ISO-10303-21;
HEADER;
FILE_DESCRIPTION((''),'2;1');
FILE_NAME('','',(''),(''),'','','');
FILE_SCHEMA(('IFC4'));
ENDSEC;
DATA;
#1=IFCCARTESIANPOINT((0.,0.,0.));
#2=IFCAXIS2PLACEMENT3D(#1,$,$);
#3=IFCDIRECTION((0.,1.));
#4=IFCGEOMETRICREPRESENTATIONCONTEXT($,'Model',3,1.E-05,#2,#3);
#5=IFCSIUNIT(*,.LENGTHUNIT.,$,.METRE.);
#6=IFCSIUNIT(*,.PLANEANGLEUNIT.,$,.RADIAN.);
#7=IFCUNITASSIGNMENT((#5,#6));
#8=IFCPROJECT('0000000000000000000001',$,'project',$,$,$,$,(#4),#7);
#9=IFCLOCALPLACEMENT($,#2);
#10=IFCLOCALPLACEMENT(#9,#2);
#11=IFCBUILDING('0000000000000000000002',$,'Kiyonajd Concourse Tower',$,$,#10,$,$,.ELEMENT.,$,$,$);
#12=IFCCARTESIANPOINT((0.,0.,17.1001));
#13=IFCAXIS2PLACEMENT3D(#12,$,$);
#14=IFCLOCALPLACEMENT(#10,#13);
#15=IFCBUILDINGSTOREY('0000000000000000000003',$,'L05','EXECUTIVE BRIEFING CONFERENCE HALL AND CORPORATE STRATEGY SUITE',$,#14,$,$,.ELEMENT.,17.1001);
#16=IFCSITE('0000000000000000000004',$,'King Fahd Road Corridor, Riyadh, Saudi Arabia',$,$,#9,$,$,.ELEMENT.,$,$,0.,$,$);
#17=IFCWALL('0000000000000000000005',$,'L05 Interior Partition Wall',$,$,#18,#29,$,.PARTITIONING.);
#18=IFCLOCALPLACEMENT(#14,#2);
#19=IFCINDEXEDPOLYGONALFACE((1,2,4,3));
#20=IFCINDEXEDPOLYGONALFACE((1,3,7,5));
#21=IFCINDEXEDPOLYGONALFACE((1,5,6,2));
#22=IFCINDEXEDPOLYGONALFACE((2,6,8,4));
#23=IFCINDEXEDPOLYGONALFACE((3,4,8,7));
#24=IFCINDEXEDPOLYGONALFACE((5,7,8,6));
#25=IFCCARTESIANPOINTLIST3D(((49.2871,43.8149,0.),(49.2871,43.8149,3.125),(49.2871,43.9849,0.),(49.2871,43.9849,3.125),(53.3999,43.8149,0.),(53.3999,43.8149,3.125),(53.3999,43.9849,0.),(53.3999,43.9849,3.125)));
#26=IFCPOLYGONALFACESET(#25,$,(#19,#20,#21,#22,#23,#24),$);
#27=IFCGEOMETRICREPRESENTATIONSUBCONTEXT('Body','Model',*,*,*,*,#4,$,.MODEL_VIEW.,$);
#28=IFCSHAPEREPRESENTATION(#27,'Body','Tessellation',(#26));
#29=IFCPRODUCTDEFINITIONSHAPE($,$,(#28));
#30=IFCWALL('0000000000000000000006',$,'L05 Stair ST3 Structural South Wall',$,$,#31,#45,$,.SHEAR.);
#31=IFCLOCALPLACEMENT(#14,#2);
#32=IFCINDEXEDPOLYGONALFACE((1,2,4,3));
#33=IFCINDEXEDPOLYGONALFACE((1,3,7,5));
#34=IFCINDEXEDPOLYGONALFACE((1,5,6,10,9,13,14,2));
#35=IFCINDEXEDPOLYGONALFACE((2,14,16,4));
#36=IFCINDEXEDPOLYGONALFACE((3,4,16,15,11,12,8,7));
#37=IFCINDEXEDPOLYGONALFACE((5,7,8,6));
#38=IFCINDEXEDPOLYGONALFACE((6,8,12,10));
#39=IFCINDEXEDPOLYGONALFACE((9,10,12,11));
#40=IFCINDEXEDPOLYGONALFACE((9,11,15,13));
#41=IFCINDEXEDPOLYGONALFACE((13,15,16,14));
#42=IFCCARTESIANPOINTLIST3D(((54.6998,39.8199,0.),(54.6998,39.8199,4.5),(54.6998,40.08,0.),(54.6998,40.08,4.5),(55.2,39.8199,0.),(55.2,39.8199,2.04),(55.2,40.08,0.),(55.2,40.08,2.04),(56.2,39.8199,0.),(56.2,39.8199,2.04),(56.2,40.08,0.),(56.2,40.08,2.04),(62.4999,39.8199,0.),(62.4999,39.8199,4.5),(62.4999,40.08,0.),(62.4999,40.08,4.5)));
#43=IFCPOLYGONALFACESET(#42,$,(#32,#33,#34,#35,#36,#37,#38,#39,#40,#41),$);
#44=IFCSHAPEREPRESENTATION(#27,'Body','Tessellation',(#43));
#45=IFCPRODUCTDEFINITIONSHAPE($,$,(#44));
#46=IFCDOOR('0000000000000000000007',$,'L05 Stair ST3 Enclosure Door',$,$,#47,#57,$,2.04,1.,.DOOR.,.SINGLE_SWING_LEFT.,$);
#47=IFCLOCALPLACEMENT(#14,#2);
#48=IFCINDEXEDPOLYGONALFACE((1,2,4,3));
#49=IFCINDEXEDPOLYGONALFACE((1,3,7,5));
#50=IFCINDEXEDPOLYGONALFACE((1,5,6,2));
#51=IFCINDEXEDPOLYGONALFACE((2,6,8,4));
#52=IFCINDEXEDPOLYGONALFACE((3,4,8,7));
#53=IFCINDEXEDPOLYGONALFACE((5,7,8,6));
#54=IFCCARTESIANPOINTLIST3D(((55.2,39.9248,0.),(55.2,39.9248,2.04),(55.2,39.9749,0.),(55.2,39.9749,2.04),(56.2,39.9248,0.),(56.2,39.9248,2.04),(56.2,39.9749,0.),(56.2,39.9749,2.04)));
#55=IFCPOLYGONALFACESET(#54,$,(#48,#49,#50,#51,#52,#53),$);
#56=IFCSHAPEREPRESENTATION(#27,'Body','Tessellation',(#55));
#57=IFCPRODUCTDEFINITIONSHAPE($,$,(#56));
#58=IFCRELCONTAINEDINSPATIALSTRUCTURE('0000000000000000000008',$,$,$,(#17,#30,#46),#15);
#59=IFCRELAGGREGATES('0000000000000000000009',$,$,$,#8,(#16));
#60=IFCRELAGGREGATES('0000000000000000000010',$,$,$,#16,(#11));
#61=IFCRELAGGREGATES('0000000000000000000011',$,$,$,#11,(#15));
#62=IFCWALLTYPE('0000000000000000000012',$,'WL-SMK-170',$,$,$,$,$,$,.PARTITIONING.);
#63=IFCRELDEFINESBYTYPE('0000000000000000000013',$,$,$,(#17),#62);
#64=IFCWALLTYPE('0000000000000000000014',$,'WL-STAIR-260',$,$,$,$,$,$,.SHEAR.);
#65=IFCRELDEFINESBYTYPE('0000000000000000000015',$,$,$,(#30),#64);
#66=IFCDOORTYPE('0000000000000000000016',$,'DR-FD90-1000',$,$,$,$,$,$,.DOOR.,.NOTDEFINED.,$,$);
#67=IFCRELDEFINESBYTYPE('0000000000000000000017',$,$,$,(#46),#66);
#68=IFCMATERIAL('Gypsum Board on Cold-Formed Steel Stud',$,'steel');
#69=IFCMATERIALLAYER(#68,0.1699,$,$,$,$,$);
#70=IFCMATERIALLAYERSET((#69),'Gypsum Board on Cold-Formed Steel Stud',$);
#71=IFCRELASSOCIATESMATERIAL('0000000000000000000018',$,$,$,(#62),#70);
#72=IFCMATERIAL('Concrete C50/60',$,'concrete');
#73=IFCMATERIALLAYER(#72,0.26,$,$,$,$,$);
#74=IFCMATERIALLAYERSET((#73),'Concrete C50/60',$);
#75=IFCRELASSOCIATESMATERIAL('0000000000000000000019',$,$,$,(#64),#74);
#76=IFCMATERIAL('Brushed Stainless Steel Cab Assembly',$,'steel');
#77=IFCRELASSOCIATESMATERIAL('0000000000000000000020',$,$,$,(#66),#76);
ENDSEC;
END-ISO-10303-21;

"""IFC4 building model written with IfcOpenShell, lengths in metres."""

from ifc_helpers import new_model, si_unit, direction, frame, frame_2d, origin, place, context, subcontext, project, spatial, rectangle, extrude, material, layer, layer_set, type_object, element, fill, save


model = new_model("IFC4")

# Units and contexts
model_context = context("Model", 3, precision=1e-05, world=origin(), true_north=direction((0.0, 1.0)))
body_context = subcontext(model_context, "Body", "Model", "MODEL_VIEW")
ifc_project = project(units=[si_unit("LENGTHUNIT", "METRE"), si_unit("PLANEANGLEUNIT", "RADIAN")], contexts=[model_context])

# Site, building, storey
site_placement = place(None, origin())
site = spatial("IfcSite", under=ifc_project, at=site_placement, Name="King Fahd Road Corridor, Riyadh, Saudi Arabia", CompositionType="ELEMENT", RefElevation=0.0)
building_placement = place(site_placement, origin())
building = spatial("IfcBuilding", under=site, at=building_placement, Name="Kiyonajd Concourse Tower", CompositionType="ELEMENT")
storey_placement = place(building_placement, frame((0.0, 0.0, 17.1001)))
storey = spatial("IfcBuildingStorey", under=building, at=storey_placement, Name="L05", Description="EXECUTIVE BRIEFING CONFERENCE HALL AND CORPORATE STRATEGY SUITE", CompositionType="ELEMENT", Elevation=17.1001)

# Shared definitions
ifc_material_1 = material(Name="Gypsum Board on Cold-Formed Steel Stud", Category="steel")

# Shared definitions
ifc_layer_1 = layer(ifc_material_1, 0.1699)
ifc_layer_set_1 = layer_set([ifc_layer_1], Name="Gypsum Board on Cold-Formed Steel Stud")
wall_type_1 = type_object("IfcWallType", Name="WL-SMK-170", PredefinedType="PARTITIONING", material=ifc_layer_set_1)

# Shared definitions
ifc_material_2 = material(Name="Brushed Stainless Steel Cab Assembly", Category="steel")

# Wall
wall_1_placement = place(storey_placement, frame((49.2871, 43.8999, 0.0), z_axis=(0.0, 0.0, 1.0), x_axis=(1.0, 0.0, 0.0)))
element("IfcWall", 1, at=wall_1_placement, inside=storey, type_object=wall_type_1, Name="L05 Interior Partition Wall", PredefinedType="PARTITIONING", context=body_context, shape_type="SweptSolid", body=[
    extrude(rectangle(XDim=4.1128, YDim=0.1699, at=frame_2d((2.0564, 0.0))), origin(), (0.0, 0.0, 1.0), 3.125),
])

# Wall, opening, door
ifc_material_3 = material(Name="Concrete C50/60", Category="concrete")
ifc_layer_2 = layer(ifc_material_3, 0.26)
ifc_layer_set_2 = layer_set([ifc_layer_2], Name="Concrete C50/60")
wall_type_2 = type_object("IfcWallType", Name="WL-STAIR-260", PredefinedType="SHEAR", material=ifc_layer_set_2)
wall_2_placement = place(storey_placement, frame((54.7, 39.95, 0.0), z_axis=(0.0, 0.0, 1.0), x_axis=(1.0, 0.0, 0.0)))
wall_2 = element("IfcWall", 2, at=wall_2_placement, inside=storey, type_object=wall_type_2, Name="L05 Stair ST3 Structural South Wall", PredefinedType="SHEAR", context=body_context, shape_type="SweptSolid", body=[
    extrude(rectangle(XDim=7.8, YDim=0.26, at=frame_2d((3.8999, 0.0))), origin(), (0.0, 0.0, 1.0), 4.5),
])
opening_1_placement = place(wall_2_placement, frame((0.5, 0.0, 0.0)))
opening_1 = element("IfcOpeningElement", 3, at=opening_1_placement, cuts=wall_2, PredefinedType="OPENING", context=body_context, shape_type="SweptSolid", body=[
    extrude(rectangle(XDim=1.0, YDim=2.04, at=frame_2d((0.5, 1.02))), frame((0.0, 0.1399, 0.0), z_axis=(0.0, -1.0, 0.0), x_axis=(1.0, 0.0, 0.0)), (0.0, 0.0, 1.0), 0.28),
])
door_type_1 = type_object("IfcDoorType", Name="DR-FD90-1000", OperationType="NOTDEFINED", PredefinedType="DOOR", material=ifc_material_2)
door_1_placement = place(opening_1_placement, origin())
door_1 = element("IfcDoor", 4, at=door_1_placement, inside=storey, type_object=door_type_1, Name="L05 Stair ST3 Enclosure Door", OperationType="SINGLE_SWING_LEFT", OverallHeight=2.04, OverallWidth=1.0, PredefinedType="DOOR", context=body_context, shape_type="SweptSolid", body=[
    extrude(rectangle(XDim=1.0, YDim=2.04, at=frame_2d((0.5, 1.02))), frame((0.0, 0.0249, 0.0), z_axis=(0.0, -1.0, 0.0), x_axis=(1.0, 0.0, 0.0)), (0.0, 0.0, 1.0), 0.05),
])
fill(opening_1, door_1)

save(model, "model.ifc")
